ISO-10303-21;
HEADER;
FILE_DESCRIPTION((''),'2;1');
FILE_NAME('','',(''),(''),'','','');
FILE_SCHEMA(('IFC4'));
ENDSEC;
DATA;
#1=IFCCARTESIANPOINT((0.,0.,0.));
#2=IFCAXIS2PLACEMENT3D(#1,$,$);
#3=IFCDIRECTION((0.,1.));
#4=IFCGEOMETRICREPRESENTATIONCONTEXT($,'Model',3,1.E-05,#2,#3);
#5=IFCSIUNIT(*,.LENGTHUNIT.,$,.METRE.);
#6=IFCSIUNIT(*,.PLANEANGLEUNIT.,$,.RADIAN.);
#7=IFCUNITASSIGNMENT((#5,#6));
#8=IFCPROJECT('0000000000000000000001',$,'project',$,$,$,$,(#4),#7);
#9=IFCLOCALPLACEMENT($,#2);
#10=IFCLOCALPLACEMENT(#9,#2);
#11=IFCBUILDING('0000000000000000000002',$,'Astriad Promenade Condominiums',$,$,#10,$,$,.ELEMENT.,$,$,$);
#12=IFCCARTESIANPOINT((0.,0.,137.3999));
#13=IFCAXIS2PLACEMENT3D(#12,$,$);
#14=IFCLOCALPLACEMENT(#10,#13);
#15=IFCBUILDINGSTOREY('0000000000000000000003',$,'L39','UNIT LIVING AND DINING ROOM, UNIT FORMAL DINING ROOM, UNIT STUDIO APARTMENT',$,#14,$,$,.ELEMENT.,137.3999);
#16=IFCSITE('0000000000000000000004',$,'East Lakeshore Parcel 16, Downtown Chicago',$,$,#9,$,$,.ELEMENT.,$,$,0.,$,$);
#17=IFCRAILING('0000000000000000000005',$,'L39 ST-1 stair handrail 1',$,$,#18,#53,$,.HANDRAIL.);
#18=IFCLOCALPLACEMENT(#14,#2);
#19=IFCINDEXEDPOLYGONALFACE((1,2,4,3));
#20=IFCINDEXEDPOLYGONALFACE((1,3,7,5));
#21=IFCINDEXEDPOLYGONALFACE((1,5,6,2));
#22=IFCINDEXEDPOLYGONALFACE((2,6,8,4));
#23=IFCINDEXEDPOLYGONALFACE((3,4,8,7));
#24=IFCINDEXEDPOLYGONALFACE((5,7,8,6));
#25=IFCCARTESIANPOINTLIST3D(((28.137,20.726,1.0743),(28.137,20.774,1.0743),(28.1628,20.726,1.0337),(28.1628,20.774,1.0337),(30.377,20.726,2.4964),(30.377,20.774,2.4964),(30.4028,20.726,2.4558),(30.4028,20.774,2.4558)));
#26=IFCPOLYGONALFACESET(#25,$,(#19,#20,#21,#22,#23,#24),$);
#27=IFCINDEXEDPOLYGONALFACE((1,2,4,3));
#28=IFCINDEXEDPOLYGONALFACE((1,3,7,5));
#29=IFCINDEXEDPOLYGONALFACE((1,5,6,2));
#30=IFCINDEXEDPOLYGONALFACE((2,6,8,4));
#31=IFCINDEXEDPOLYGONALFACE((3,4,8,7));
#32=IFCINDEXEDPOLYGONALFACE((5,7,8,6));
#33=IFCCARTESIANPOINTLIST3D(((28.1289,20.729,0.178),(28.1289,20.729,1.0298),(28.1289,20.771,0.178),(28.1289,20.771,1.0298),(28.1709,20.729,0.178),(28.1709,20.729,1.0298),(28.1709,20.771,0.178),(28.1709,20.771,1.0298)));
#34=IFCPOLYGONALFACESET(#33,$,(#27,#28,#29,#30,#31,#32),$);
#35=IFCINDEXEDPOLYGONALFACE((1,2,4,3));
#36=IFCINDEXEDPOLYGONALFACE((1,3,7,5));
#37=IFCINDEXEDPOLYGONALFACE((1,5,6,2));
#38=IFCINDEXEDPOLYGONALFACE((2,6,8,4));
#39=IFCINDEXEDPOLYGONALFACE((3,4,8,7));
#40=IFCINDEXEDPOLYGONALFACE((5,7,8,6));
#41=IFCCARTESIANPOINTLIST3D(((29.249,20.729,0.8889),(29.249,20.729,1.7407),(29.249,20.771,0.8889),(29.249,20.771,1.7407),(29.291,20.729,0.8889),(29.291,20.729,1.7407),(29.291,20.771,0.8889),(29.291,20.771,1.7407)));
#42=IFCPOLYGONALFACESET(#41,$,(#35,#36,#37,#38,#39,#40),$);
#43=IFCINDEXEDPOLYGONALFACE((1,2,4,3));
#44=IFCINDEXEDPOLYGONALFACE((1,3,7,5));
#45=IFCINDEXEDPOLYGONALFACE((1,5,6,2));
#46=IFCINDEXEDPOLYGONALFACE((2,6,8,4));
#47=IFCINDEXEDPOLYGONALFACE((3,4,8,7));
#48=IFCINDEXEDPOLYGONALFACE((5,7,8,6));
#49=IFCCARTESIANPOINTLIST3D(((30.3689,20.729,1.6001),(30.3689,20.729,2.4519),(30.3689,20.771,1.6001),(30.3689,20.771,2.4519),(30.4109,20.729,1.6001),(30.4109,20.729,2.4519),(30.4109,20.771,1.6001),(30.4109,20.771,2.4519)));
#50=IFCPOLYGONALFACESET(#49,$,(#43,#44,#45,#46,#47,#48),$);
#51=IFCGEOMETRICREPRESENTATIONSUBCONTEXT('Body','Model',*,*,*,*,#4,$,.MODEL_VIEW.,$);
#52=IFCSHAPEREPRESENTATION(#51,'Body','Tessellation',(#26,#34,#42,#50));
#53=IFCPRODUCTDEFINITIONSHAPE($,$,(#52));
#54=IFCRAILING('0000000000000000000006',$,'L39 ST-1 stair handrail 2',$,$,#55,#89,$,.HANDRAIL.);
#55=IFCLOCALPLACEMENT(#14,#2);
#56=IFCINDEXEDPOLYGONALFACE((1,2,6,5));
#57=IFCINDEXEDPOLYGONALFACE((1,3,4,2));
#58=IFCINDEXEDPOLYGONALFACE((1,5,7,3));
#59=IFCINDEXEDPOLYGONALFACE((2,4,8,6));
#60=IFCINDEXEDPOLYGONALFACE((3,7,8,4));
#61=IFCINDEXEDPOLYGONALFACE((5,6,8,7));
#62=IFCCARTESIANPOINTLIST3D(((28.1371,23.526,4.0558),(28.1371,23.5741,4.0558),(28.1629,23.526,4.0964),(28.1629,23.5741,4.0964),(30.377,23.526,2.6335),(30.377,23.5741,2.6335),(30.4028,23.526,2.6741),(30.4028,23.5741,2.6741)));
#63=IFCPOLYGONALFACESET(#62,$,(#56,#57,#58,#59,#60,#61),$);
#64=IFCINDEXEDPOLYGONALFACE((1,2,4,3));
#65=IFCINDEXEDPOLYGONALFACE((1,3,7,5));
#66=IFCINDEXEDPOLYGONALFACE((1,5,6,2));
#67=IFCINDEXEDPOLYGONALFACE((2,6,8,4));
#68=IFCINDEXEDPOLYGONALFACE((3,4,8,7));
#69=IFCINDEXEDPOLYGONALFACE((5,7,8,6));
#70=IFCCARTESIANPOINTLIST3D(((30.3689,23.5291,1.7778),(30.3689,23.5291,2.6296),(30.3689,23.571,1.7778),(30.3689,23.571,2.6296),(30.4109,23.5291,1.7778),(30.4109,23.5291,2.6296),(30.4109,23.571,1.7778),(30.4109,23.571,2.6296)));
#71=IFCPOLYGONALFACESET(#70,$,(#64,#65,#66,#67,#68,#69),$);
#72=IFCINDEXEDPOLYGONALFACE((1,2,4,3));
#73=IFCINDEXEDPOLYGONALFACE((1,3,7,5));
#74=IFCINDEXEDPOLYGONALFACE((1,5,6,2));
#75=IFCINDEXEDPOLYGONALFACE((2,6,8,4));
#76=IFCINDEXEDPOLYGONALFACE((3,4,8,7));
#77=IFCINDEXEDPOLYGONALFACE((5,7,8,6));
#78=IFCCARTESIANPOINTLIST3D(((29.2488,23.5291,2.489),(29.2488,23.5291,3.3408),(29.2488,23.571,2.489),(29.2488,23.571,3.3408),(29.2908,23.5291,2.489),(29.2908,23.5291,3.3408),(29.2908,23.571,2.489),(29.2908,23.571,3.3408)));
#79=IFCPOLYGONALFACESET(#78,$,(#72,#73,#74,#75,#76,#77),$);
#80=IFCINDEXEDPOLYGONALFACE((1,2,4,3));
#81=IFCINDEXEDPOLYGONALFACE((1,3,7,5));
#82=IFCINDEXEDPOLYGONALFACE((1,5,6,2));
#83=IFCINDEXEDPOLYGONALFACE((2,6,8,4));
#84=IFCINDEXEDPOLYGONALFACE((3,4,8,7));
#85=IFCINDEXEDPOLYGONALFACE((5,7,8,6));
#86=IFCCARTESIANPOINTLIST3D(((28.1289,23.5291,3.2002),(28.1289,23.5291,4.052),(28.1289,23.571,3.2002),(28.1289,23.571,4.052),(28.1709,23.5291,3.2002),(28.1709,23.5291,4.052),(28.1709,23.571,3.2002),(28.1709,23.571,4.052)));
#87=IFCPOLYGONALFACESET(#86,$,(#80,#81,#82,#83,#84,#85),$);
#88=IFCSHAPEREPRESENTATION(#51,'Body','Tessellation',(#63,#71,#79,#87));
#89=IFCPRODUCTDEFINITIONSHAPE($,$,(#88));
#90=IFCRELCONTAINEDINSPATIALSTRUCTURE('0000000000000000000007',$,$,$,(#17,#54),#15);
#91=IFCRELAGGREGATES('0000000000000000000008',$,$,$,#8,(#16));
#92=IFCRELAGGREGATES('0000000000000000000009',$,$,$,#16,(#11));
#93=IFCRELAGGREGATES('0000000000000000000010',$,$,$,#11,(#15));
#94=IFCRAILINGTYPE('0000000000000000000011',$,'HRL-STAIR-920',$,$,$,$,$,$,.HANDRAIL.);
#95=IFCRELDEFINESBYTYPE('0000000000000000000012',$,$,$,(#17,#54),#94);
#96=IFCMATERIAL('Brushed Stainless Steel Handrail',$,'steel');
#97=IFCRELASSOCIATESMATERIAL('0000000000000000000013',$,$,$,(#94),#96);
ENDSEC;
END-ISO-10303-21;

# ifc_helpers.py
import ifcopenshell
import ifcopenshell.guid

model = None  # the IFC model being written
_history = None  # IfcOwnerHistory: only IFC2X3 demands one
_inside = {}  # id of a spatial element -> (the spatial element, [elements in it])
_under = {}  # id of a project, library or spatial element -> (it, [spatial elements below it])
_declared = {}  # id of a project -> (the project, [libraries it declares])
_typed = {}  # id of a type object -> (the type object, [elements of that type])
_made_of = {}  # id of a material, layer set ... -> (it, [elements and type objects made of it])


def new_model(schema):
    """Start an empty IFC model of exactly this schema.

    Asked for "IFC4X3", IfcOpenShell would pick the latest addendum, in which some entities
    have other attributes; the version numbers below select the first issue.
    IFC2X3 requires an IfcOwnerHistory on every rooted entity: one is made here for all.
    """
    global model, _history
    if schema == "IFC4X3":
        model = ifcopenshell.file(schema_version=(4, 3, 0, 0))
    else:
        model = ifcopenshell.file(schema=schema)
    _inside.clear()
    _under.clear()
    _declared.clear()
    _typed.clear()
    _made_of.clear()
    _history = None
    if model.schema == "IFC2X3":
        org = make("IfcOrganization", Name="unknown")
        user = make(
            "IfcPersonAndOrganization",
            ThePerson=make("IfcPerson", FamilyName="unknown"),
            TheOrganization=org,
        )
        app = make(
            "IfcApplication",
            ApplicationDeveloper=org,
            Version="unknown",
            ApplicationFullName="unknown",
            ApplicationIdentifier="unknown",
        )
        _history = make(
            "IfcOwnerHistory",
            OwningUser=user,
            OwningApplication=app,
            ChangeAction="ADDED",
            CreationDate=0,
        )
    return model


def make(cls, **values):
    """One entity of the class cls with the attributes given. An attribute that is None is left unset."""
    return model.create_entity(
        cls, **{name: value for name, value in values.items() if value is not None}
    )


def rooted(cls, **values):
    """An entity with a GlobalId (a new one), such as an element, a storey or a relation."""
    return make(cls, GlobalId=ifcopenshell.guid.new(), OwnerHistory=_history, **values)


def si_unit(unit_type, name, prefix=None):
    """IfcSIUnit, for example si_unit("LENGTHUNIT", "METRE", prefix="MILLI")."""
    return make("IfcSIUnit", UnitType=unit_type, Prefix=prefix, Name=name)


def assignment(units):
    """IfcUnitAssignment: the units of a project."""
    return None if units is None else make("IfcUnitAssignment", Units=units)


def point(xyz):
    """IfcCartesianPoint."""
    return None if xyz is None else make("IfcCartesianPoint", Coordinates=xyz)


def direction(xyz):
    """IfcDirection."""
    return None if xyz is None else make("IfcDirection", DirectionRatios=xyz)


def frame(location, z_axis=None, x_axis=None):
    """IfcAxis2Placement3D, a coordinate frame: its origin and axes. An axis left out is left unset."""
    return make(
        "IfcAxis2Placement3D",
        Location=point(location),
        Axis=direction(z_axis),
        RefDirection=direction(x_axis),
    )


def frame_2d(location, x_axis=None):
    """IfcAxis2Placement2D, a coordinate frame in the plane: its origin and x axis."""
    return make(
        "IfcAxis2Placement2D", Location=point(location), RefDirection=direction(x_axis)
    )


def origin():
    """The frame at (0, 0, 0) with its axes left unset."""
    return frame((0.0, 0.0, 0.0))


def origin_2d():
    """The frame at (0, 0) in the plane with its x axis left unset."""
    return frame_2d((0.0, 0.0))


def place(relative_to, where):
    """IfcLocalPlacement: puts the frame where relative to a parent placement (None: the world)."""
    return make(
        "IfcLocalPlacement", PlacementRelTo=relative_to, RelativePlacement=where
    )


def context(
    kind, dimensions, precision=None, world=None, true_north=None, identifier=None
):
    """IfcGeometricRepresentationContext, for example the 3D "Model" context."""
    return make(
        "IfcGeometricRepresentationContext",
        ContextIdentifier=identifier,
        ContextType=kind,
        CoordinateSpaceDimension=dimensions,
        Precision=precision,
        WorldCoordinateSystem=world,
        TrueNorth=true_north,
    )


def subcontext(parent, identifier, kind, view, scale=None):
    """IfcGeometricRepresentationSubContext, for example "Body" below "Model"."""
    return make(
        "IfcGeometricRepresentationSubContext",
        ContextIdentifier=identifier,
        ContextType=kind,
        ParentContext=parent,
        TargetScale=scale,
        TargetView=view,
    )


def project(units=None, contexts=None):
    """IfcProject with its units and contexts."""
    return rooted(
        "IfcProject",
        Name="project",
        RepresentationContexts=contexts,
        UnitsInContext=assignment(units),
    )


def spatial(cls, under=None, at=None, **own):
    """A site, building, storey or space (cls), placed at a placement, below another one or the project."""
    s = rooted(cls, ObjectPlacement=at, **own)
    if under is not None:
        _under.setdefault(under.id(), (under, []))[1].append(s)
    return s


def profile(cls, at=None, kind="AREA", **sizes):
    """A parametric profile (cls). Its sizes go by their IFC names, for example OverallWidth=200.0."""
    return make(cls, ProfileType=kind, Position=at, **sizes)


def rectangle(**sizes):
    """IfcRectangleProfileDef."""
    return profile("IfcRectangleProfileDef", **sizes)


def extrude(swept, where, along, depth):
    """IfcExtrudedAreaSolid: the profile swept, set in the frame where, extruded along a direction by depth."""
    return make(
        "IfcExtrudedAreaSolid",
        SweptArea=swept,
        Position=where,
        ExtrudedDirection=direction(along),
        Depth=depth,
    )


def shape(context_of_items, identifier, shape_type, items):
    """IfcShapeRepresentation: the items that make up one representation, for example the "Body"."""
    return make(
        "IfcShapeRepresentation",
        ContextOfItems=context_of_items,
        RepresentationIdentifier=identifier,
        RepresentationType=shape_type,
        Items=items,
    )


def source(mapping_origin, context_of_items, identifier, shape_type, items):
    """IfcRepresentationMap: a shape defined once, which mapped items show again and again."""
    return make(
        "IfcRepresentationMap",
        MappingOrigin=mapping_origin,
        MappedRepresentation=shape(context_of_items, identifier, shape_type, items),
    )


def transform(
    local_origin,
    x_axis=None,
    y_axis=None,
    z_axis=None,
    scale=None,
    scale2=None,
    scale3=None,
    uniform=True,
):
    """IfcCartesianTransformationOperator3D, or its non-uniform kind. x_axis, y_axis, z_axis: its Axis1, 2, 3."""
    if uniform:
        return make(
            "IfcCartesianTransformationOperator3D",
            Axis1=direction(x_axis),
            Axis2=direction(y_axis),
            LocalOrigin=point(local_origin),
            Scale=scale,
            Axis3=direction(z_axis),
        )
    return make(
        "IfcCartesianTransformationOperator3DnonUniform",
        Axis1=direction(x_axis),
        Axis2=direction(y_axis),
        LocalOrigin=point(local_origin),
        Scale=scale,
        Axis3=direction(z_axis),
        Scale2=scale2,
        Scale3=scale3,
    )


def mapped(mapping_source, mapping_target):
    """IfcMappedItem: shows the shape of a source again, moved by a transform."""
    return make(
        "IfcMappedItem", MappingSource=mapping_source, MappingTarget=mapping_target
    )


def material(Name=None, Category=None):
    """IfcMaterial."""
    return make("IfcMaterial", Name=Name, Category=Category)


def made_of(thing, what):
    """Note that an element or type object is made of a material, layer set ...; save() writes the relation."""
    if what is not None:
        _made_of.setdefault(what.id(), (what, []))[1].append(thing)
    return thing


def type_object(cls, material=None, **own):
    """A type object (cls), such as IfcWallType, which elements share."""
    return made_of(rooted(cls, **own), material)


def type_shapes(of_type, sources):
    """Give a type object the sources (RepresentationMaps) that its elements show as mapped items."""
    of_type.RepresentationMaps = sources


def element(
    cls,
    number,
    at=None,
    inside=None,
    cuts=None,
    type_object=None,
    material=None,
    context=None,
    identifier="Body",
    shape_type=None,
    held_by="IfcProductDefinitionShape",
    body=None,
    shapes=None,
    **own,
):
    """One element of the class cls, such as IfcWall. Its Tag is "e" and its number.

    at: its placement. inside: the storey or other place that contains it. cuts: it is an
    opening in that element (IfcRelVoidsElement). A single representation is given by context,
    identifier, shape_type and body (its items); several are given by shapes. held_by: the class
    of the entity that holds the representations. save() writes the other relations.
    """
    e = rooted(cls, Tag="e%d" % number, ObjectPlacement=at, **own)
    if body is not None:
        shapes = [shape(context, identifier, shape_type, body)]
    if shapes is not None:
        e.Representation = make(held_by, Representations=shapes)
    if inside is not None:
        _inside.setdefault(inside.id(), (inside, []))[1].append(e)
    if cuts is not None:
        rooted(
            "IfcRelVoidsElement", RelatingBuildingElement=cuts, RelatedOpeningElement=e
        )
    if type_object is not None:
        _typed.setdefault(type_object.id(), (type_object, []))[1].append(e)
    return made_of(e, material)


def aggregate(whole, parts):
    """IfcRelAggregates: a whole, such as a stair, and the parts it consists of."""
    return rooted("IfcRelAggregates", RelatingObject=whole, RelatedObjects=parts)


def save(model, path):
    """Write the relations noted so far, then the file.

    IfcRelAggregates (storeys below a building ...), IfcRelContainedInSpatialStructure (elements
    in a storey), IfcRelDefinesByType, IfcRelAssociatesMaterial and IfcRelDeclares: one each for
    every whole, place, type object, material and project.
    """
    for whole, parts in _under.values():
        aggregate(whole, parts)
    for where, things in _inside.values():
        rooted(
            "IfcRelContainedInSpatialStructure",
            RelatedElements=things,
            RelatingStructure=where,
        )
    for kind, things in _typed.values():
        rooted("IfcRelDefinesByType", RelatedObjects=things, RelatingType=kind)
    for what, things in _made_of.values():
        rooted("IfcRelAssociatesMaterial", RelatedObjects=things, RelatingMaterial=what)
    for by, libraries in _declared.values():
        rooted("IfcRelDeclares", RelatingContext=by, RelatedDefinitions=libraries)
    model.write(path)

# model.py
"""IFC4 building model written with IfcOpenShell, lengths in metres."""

from ifc_helpers import new_model, si_unit, direction, frame, origin, origin_2d, place, context, subcontext, project, spatial, rectangle, extrude, source, transform, mapped, material, type_object, type_shapes, element, save


model = new_model("IFC4")

# Units and contexts
model_context = context("Model", 3, precision=1e-05, world=origin(), true_north=direction((0.0, 1.0)))
body_context = subcontext(model_context, "Body", "Model", "MODEL_VIEW")
ifc_project = project(units=[si_unit("LENGTHUNIT", "METRE"), si_unit("PLANEANGLEUNIT", "RADIAN")], contexts=[model_context])

# Site, building, storey
site_placement = place(None, origin())
site = spatial("IfcSite", under=ifc_project, at=site_placement, Name="East Lakeshore Parcel 16, Downtown Chicago", CompositionType="ELEMENT", RefElevation=0.0)
building_placement = place(site_placement, origin())
building = spatial("IfcBuilding", under=site, at=building_placement, Name="Astriad Promenade Condominiums", CompositionType="ELEMENT")
storey_placement = place(building_placement, frame((0.0, 0.0, 137.3999)))
storey = spatial("IfcBuildingStorey", under=building, at=storey_placement, Name="L39", Description="UNIT LIVING AND DINING ROOM, UNIT FORMAL DINING ROOM, UNIT STUDIO APARTMENT", CompositionType="ELEMENT", Elevation=137.3999)

# Railings
ifc_material_1 = material(Name="Brushed Stainless Steel Handrail", Category="steel")
railing_type_1 = type_object("IfcRailingType", Name="HRL-STAIR-920", PredefinedType="HANDRAIL", material=ifc_material_1)
shared_shape_1 = source(origin(), body_context, "Body", "SweptSolid", [
    extrude(rectangle(XDim=0.0481, YDim=0.0481, at=origin_2d()), frame((0.0, 0.0, 0.876), z_axis=(0.844229, 0.0, 0.535982), x_axis=(0.0, 1.0, 0.0)), (0.0, 0.0, 1.0), 2.6533),
    extrude(rectangle(XDim=0.042, YDim=0.042, at=origin_2d()), origin(), (0.0, 0.0, 1.0), 0.8518),
    extrude(rectangle(XDim=0.042, YDim=0.042, at=origin_2d()), frame((1.1201, 0.0, 0.7109)), (0.0, 0.0, 1.0), 0.8518),
    extrude(rectangle(XDim=0.042, YDim=0.042, at=origin_2d()), frame((2.24, 0.0, 1.4221)), (0.0, 0.0, 1.0), 0.8518),
])
railing_1_placement = place(storey_placement, frame((28.1499, 20.75, 0.178)))
element("IfcRailing", 1, at=railing_1_placement, inside=storey, type_object=railing_type_1, Name="L39 ST-1 stair handrail 1", PredefinedType="HANDRAIL", context=body_context, shape_type="MappedRepresentation", body=[
    mapped(shared_shape_1, transform((0.0, 0.0, 0.0), scale=1.0)),
])
shared_shape_2 = source(origin(), body_context, "Body", "SweptSolid", [
    extrude(rectangle(XDim=0.0481, YDim=0.0481, at=origin_2d()), frame((0.0, 0.0, 0.876), z_axis=(-0.844188, 0.0, 0.536048), x_axis=(0.0, -1.0, 0.0)), (0.0, 0.0, 1.0), 2.6533),
    extrude(rectangle(XDim=0.042, YDim=0.042, at=origin_2d()), origin(), (0.0, 0.0, 1.0), 0.8518),
    extrude(rectangle(XDim=0.042, YDim=0.042, at=origin_2d()), frame((-1.1201, 0.0, 0.7112)), (0.0, 0.0, 1.0), 0.8518),
    extrude(rectangle(XDim=0.042, YDim=0.042, at=origin_2d()), frame((-2.24, 0.0, 1.4224)), (0.0, 0.0, 1.0), 0.8518),
])
type_shapes(railing_type_1, [shared_shape_1, shared_shape_2])
railing_2_placement = place(storey_placement, frame((30.3899, 23.55, 1.7778)))
element("IfcRailing", 2, at=railing_2_placement, inside=storey, type_object=railing_type_1, Name="L39 ST-1 stair handrail 2", PredefinedType="HANDRAIL", context=body_context, shape_type="MappedRepresentation", body=[
    mapped(shared_shape_2, transform((0.0, 0.0, 0.0), scale=1.0)),
])

save(model, "model.ifc")
